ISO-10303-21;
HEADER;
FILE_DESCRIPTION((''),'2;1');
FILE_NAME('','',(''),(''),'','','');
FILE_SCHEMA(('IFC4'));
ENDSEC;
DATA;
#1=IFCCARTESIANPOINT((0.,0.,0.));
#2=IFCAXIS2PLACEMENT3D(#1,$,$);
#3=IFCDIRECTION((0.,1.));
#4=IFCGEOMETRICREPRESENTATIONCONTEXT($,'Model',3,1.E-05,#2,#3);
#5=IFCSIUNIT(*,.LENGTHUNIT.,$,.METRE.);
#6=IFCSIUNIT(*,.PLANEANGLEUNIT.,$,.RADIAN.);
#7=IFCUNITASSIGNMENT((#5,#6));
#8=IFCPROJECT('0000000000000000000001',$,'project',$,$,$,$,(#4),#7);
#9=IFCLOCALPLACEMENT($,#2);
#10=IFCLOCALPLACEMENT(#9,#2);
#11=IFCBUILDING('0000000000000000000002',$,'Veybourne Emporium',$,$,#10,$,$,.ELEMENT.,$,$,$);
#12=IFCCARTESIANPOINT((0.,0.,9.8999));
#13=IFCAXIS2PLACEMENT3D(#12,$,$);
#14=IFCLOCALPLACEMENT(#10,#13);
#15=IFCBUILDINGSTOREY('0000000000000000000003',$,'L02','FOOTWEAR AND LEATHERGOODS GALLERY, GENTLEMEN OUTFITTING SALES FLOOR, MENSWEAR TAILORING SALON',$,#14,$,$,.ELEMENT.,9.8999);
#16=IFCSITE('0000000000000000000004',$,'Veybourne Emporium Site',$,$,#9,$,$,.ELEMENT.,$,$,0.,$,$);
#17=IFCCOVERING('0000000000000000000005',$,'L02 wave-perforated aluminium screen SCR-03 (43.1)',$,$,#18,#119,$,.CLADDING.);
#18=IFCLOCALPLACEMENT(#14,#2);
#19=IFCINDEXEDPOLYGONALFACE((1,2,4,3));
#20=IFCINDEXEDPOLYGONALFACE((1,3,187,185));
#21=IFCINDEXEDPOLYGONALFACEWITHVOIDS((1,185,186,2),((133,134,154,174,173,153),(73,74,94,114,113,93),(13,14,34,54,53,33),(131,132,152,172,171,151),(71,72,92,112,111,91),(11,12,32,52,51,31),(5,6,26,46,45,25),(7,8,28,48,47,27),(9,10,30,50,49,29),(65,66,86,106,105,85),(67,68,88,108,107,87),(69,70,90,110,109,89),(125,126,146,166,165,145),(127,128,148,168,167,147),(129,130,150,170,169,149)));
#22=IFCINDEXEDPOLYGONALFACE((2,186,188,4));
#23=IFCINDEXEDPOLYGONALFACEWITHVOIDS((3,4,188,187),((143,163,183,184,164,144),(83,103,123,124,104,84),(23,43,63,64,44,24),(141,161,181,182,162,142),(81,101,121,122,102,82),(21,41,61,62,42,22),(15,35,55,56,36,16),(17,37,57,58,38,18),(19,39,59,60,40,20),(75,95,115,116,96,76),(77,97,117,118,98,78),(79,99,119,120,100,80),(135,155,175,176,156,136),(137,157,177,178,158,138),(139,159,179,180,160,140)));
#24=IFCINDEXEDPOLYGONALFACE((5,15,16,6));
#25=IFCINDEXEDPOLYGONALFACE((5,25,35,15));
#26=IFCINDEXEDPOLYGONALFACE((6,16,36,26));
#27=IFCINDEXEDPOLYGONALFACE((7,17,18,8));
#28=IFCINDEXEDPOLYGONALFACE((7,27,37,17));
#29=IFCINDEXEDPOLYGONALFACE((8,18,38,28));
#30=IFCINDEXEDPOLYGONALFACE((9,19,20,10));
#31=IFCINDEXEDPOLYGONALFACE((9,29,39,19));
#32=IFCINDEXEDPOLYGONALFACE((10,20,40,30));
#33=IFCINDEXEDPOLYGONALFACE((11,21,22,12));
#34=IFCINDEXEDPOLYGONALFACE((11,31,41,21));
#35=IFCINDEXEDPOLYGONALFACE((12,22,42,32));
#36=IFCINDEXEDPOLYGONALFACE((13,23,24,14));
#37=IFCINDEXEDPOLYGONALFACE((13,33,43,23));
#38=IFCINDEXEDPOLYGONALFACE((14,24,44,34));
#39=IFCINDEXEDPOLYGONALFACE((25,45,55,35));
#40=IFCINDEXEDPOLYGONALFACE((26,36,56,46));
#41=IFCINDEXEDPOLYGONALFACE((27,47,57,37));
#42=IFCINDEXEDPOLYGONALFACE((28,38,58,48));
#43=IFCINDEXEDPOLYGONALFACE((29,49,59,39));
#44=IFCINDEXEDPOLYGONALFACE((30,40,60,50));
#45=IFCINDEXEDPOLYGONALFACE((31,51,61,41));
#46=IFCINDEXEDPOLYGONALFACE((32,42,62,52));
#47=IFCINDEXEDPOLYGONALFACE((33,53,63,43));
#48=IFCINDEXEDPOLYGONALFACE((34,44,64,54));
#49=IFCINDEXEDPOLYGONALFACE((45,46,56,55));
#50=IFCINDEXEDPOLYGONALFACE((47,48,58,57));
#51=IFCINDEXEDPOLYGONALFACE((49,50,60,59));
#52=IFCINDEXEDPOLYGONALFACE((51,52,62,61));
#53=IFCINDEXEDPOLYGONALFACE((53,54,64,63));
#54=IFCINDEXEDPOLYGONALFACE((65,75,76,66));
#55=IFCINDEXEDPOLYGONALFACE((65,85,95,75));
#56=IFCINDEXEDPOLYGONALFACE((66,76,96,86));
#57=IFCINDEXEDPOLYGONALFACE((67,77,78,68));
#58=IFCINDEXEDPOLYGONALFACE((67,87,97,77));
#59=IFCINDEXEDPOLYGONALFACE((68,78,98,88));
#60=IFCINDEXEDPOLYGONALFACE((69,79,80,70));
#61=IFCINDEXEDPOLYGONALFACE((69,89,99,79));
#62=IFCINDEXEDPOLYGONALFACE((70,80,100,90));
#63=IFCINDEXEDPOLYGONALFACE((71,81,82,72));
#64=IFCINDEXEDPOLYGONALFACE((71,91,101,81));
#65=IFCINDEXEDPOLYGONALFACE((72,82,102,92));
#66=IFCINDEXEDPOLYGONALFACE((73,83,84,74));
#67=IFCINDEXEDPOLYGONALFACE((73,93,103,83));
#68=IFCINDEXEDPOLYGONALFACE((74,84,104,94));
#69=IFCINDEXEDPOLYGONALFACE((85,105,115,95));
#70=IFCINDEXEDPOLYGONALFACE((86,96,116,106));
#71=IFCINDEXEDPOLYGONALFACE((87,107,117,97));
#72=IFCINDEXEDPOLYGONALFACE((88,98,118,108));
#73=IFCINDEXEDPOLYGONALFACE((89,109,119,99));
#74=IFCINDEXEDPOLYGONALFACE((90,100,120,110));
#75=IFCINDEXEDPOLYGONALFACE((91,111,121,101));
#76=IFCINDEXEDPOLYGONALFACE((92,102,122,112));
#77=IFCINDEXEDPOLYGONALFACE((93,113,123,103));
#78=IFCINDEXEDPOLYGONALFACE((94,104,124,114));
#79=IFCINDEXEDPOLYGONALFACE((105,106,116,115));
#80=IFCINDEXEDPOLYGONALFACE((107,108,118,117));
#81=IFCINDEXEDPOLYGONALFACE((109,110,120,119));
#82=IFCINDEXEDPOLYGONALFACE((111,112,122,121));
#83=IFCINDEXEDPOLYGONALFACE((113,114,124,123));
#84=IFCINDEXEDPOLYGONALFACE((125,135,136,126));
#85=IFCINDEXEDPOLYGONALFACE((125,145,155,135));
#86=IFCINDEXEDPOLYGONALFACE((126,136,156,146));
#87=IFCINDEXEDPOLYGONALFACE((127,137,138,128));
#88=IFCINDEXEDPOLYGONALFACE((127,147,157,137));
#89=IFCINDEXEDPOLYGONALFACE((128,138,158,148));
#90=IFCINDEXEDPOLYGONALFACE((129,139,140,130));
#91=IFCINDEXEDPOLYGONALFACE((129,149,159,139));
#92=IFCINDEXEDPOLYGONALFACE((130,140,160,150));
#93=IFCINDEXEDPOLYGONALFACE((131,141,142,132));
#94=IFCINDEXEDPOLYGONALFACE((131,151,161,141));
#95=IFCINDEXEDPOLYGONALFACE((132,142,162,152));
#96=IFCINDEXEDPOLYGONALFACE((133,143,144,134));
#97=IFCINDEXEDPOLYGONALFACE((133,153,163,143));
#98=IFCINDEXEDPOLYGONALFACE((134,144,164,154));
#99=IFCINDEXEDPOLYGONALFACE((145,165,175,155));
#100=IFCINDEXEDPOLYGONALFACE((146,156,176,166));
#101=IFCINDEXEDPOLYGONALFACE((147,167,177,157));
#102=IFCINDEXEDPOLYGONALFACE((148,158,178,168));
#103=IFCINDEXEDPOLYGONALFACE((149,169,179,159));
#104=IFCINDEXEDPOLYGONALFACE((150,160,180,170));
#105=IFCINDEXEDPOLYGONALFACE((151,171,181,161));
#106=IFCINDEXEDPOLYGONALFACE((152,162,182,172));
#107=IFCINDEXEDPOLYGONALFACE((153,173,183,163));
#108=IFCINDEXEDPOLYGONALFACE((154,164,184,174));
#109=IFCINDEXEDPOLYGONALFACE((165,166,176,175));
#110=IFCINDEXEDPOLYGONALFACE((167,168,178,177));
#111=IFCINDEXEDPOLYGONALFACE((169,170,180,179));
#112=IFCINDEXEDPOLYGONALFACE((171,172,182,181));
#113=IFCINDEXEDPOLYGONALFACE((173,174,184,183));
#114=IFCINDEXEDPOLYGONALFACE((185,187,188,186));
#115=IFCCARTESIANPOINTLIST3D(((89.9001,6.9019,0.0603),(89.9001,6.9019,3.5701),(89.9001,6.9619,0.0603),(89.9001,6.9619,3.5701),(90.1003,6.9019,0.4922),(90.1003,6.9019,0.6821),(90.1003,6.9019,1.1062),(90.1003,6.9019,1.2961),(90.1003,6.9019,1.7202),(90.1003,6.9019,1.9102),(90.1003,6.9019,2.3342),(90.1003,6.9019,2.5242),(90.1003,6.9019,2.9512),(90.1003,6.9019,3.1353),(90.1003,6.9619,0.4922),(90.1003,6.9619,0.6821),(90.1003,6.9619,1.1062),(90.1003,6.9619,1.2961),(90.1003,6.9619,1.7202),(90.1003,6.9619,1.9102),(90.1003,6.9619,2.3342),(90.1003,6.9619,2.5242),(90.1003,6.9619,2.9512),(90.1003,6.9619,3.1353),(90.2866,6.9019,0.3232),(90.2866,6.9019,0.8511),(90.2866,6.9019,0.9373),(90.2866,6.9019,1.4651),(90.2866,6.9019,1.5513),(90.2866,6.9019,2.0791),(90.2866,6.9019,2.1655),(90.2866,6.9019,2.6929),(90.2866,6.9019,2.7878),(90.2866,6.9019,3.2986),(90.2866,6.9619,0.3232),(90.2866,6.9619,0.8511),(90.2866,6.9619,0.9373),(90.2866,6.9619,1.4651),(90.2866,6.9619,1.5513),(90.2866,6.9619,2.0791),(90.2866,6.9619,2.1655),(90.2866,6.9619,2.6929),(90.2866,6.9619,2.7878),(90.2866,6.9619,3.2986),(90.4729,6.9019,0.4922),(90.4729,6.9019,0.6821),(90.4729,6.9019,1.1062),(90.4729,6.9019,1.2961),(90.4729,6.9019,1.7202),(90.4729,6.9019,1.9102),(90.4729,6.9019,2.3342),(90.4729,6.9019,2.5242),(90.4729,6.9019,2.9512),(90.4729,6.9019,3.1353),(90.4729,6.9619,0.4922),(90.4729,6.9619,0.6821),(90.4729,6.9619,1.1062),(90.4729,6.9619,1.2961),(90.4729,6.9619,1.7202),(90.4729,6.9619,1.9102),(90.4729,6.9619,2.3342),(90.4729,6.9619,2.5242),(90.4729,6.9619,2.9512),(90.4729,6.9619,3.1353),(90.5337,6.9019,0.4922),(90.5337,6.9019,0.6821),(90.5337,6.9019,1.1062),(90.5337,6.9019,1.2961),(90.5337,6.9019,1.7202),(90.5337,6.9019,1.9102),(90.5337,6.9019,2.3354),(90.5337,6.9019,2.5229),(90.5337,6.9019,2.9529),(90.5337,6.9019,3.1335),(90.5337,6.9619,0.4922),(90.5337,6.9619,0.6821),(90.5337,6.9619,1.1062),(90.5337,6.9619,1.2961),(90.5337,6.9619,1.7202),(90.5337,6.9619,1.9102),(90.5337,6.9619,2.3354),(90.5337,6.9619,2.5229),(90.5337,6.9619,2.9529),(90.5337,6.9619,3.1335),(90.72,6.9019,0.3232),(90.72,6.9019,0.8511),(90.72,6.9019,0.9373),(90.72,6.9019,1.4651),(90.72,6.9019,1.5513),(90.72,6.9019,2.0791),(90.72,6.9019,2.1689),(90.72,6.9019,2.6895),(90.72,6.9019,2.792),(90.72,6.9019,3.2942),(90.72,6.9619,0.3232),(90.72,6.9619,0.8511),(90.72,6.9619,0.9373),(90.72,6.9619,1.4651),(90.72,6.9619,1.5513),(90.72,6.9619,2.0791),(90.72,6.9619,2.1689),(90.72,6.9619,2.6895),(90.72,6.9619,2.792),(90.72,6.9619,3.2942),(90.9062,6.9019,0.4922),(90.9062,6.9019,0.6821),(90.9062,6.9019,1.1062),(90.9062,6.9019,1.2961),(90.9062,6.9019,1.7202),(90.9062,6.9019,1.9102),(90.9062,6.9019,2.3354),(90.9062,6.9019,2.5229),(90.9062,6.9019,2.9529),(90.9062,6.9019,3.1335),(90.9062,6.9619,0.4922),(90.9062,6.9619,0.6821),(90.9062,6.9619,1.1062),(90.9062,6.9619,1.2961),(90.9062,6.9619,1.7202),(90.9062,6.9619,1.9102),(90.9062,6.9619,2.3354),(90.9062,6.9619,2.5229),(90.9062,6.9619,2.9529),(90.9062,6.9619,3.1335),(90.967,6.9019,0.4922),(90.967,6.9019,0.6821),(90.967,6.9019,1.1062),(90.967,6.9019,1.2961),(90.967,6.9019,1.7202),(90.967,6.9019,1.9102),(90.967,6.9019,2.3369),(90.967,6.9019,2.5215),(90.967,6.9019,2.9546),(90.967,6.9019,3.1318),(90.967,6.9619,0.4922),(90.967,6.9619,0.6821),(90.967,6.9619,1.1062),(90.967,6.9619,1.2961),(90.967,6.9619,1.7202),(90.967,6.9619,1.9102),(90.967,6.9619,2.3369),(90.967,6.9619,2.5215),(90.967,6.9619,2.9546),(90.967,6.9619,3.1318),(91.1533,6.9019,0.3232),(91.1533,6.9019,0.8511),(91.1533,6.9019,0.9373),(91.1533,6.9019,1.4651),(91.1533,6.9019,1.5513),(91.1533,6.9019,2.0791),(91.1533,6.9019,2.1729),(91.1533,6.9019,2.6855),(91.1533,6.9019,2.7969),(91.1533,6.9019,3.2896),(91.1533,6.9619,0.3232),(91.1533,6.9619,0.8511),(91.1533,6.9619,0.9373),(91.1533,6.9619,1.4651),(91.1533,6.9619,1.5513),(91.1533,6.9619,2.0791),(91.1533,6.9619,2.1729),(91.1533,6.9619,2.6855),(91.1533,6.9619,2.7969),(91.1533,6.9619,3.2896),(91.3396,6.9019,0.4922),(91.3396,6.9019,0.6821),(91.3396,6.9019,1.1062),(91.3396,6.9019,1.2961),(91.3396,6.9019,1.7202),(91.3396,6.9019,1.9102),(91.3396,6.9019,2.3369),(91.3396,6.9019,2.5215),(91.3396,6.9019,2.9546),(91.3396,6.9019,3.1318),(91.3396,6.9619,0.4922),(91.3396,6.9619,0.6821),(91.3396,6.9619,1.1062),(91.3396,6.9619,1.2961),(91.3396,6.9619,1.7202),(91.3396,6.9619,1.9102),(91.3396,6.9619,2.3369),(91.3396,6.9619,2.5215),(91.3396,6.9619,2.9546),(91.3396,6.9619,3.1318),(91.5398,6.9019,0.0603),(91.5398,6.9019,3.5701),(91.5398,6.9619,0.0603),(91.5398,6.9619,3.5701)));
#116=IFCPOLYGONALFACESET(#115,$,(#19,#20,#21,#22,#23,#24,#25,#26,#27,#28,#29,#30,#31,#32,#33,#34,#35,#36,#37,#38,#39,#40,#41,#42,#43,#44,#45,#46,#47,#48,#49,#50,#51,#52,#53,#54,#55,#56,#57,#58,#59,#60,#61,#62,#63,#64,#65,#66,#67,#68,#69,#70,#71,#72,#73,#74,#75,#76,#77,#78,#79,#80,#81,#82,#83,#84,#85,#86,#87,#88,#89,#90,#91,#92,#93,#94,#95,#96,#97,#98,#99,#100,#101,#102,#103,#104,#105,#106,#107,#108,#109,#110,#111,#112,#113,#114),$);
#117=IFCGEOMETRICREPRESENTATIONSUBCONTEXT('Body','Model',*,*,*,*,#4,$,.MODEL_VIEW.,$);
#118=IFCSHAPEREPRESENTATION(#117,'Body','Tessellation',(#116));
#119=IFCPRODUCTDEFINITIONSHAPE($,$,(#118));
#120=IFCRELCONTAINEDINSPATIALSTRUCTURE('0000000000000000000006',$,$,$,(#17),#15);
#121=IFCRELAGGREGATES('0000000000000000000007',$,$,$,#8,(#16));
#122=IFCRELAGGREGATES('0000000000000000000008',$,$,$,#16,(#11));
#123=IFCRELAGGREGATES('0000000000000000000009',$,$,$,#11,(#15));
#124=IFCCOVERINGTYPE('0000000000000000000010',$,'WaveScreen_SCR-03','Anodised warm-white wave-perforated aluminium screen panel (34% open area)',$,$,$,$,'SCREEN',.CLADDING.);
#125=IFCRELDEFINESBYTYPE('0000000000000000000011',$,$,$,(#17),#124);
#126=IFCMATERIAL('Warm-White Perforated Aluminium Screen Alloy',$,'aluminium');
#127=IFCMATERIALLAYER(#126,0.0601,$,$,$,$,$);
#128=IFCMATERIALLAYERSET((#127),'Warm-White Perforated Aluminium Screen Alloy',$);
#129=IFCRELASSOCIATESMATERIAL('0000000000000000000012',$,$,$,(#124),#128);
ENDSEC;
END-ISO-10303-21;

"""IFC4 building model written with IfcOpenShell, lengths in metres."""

from ifc_helpers import new_model, si_unit, direction, frame, origin, place, context, subcontext, project, spatial, polyline, outline, extrude, material, layer, layer_set, type_object, element, save


model = new_model("IFC4")

# Units and contexts
model_context = context("Model", 3, precision=1e-05, world=origin(), true_north=direction((0.0, 1.0)))
body_context = subcontext(model_context, "Body", "Model", "MODEL_VIEW")
ifc_project = project(units=[si_unit("LENGTHUNIT", "METRE"), si_unit("PLANEANGLEUNIT", "RADIAN")], contexts=[model_context])

# Site, building, storey
site_placement = place(None, origin())
site = spatial("IfcSite", under=ifc_project, at=site_placement, Name="Veybourne Emporium Site", CompositionType="ELEMENT", RefElevation=0.0)
building_placement = place(site_placement, origin())
building = spatial("IfcBuilding", under=site, at=building_placement, Name="Veybourne Emporium", CompositionType="ELEMENT")
storey_placement = place(building_placement, frame((0.0, 0.0, 9.8999)))
storey = spatial("IfcBuildingStorey", under=building, at=storey_placement, Name="L02", Description="FOOTWEAR AND LEATHERGOODS GALLERY, GENTLEMEN OUTFITTING SALES FLOOR, MENSWEAR TAILORING SALON", CompositionType="ELEMENT", Elevation=9.8999)

# Covering
ifc_material_1 = material(Name="Warm-White Perforated Aluminium Screen Alloy", Category="aluminium")
ifc_layer_1 = layer(ifc_material_1, 0.0601)
ifc_layer_set_1 = layer_set([ifc_layer_1], Name="Warm-White Perforated Aluminium Screen Alloy")
covering_type_1 = type_object("IfcCoveringType", Name="WaveScreen_SCR-03", Description="Anodised warm-white wave-perforated aluminium screen panel (34% open area)", ElementType="SCREEN", PredefinedType="CLADDING", material=ifc_layer_set_1)
covering_1_placement = place(storey_placement, frame((90.72, 6.9019, 1.8152), z_axis=(0.0, 1.0, 0.0), x_axis=(-1.0, 0.0, 0.0)))
element("IfcCovering", 1, at=covering_1_placement, inside=storey, type_object=covering_type_1, Name="L02 wave-perforated aluminium screen SCR-03 (43.1)", PredefinedType="CLADDING", context=body_context, shape_type="SweptSolid", body=[
    extrude(outline(polyline([(-0.8198, -1.7549), (0.8198, -1.7549), (0.8198, 1.7549), (-0.8198, 1.7549), (-0.8198, -1.7549)]), holes=[polyline([(-0.4333, -0.9641), (-0.2471, -1.1331), (-0.2471, -1.323), (-0.4333, -1.4919), (-0.6196, -1.323), (-0.6196, -1.1331), (-0.4333, -0.9641)]), polyline([(-0.4333, -0.3501), (-0.2471, -0.519), (-0.2471, -0.709), (-0.4333, -0.8779), (-0.6196, -0.709), (-0.6196, -0.519), (-0.4333, -0.3501)]), polyline([(-0.4333, 0.2639), (-0.2471, 0.095), (-0.2471, -0.095), (-0.4333, -0.2639), (-0.6196, -0.095), (-0.6196, 0.095), (-0.4333, 0.2639)]), polyline([(-0.4333, 0.8704), (-0.2471, 0.7063), (-0.2471, 0.5217), (-0.4333, 0.3577), (-0.6196, 0.5217), (-0.6196, 0.7063), (-0.4333, 0.8704)]), polyline([(-0.4333, 1.4744), (-0.2471, 1.3167), (-0.2471, 1.1394), (-0.4333, 0.9817), (-0.6196, 1.1394), (-0.6196, 1.3167), (-0.4333, 1.4744)]), polyline([(0.0, -0.9641), (0.1863, -1.1331), (0.1863, -1.323), (0.0, -1.4919), (-0.1863, -1.323), (-0.1863, -1.1331), (0.0, -0.9641)]), polyline([(0.0, -0.3501), (0.1863, -0.519), (0.1863, -0.709), (0.0, -0.8779), (-0.1863, -0.709), (-0.1863, -0.519), (0.0, -0.3501)]), polyline([(0.0, 0.2639), (0.1863, 0.095), (0.1863, -0.095), (0.0, -0.2639), (-0.1863, -0.095), (-0.1863, 0.095), (0.0, 0.2639)]), polyline([(0.0, 0.8743), (0.1863, 0.7078), (0.1863, 0.5203), (0.0, 0.3538), (-0.1863, 0.5203), (-0.1863, 0.7078), (0.0, 0.8743)]), polyline([(0.0, 1.479), (0.1863, 1.3184), (0.1863, 1.1377), (0.0, 0.9768), (-0.1863, 1.1377), (-0.1863, 1.3184), (0.0, 1.479)]), polyline([(0.4333, -0.9641), (0.6196, -1.1331), (0.6196, -1.323), (0.4333, -1.4919), (0.2471, -1.323), (0.2471, -1.1331), (0.4333, -0.9641)]), polyline([(0.4333, -0.3501), (0.6196, -0.519), (0.6196, -0.709), (0.4333, -0.8779), (0.2471, -0.709), (0.2471, -0.519), (0.4333, -0.3501)]), polyline([(0.4333, 0.2639), (0.6196, 0.095), (0.6196, -0.095), (0.4333, -0.2639), (0.2471, -0.095), (0.2471, 0.095), (0.4333, 0.2639)]), polyline([(0.4333, 0.8777), (0.6196, 0.709), (0.6196, 0.519), (0.4333, 0.3503), (0.2471, 0.519), (0.2471, 0.709), (0.4333, 0.8777)]), polyline([(0.4333, 1.4834), (0.6196, 1.3201), (0.6196, 1.136), (0.4333, 0.9727), (0.2471, 1.136), (0.2471, 1.3201), (0.4333, 1.4834)])]), origin(), (0.0, 0.0, 1.0), 0.0601),
])

save(model, "model.ifc")
